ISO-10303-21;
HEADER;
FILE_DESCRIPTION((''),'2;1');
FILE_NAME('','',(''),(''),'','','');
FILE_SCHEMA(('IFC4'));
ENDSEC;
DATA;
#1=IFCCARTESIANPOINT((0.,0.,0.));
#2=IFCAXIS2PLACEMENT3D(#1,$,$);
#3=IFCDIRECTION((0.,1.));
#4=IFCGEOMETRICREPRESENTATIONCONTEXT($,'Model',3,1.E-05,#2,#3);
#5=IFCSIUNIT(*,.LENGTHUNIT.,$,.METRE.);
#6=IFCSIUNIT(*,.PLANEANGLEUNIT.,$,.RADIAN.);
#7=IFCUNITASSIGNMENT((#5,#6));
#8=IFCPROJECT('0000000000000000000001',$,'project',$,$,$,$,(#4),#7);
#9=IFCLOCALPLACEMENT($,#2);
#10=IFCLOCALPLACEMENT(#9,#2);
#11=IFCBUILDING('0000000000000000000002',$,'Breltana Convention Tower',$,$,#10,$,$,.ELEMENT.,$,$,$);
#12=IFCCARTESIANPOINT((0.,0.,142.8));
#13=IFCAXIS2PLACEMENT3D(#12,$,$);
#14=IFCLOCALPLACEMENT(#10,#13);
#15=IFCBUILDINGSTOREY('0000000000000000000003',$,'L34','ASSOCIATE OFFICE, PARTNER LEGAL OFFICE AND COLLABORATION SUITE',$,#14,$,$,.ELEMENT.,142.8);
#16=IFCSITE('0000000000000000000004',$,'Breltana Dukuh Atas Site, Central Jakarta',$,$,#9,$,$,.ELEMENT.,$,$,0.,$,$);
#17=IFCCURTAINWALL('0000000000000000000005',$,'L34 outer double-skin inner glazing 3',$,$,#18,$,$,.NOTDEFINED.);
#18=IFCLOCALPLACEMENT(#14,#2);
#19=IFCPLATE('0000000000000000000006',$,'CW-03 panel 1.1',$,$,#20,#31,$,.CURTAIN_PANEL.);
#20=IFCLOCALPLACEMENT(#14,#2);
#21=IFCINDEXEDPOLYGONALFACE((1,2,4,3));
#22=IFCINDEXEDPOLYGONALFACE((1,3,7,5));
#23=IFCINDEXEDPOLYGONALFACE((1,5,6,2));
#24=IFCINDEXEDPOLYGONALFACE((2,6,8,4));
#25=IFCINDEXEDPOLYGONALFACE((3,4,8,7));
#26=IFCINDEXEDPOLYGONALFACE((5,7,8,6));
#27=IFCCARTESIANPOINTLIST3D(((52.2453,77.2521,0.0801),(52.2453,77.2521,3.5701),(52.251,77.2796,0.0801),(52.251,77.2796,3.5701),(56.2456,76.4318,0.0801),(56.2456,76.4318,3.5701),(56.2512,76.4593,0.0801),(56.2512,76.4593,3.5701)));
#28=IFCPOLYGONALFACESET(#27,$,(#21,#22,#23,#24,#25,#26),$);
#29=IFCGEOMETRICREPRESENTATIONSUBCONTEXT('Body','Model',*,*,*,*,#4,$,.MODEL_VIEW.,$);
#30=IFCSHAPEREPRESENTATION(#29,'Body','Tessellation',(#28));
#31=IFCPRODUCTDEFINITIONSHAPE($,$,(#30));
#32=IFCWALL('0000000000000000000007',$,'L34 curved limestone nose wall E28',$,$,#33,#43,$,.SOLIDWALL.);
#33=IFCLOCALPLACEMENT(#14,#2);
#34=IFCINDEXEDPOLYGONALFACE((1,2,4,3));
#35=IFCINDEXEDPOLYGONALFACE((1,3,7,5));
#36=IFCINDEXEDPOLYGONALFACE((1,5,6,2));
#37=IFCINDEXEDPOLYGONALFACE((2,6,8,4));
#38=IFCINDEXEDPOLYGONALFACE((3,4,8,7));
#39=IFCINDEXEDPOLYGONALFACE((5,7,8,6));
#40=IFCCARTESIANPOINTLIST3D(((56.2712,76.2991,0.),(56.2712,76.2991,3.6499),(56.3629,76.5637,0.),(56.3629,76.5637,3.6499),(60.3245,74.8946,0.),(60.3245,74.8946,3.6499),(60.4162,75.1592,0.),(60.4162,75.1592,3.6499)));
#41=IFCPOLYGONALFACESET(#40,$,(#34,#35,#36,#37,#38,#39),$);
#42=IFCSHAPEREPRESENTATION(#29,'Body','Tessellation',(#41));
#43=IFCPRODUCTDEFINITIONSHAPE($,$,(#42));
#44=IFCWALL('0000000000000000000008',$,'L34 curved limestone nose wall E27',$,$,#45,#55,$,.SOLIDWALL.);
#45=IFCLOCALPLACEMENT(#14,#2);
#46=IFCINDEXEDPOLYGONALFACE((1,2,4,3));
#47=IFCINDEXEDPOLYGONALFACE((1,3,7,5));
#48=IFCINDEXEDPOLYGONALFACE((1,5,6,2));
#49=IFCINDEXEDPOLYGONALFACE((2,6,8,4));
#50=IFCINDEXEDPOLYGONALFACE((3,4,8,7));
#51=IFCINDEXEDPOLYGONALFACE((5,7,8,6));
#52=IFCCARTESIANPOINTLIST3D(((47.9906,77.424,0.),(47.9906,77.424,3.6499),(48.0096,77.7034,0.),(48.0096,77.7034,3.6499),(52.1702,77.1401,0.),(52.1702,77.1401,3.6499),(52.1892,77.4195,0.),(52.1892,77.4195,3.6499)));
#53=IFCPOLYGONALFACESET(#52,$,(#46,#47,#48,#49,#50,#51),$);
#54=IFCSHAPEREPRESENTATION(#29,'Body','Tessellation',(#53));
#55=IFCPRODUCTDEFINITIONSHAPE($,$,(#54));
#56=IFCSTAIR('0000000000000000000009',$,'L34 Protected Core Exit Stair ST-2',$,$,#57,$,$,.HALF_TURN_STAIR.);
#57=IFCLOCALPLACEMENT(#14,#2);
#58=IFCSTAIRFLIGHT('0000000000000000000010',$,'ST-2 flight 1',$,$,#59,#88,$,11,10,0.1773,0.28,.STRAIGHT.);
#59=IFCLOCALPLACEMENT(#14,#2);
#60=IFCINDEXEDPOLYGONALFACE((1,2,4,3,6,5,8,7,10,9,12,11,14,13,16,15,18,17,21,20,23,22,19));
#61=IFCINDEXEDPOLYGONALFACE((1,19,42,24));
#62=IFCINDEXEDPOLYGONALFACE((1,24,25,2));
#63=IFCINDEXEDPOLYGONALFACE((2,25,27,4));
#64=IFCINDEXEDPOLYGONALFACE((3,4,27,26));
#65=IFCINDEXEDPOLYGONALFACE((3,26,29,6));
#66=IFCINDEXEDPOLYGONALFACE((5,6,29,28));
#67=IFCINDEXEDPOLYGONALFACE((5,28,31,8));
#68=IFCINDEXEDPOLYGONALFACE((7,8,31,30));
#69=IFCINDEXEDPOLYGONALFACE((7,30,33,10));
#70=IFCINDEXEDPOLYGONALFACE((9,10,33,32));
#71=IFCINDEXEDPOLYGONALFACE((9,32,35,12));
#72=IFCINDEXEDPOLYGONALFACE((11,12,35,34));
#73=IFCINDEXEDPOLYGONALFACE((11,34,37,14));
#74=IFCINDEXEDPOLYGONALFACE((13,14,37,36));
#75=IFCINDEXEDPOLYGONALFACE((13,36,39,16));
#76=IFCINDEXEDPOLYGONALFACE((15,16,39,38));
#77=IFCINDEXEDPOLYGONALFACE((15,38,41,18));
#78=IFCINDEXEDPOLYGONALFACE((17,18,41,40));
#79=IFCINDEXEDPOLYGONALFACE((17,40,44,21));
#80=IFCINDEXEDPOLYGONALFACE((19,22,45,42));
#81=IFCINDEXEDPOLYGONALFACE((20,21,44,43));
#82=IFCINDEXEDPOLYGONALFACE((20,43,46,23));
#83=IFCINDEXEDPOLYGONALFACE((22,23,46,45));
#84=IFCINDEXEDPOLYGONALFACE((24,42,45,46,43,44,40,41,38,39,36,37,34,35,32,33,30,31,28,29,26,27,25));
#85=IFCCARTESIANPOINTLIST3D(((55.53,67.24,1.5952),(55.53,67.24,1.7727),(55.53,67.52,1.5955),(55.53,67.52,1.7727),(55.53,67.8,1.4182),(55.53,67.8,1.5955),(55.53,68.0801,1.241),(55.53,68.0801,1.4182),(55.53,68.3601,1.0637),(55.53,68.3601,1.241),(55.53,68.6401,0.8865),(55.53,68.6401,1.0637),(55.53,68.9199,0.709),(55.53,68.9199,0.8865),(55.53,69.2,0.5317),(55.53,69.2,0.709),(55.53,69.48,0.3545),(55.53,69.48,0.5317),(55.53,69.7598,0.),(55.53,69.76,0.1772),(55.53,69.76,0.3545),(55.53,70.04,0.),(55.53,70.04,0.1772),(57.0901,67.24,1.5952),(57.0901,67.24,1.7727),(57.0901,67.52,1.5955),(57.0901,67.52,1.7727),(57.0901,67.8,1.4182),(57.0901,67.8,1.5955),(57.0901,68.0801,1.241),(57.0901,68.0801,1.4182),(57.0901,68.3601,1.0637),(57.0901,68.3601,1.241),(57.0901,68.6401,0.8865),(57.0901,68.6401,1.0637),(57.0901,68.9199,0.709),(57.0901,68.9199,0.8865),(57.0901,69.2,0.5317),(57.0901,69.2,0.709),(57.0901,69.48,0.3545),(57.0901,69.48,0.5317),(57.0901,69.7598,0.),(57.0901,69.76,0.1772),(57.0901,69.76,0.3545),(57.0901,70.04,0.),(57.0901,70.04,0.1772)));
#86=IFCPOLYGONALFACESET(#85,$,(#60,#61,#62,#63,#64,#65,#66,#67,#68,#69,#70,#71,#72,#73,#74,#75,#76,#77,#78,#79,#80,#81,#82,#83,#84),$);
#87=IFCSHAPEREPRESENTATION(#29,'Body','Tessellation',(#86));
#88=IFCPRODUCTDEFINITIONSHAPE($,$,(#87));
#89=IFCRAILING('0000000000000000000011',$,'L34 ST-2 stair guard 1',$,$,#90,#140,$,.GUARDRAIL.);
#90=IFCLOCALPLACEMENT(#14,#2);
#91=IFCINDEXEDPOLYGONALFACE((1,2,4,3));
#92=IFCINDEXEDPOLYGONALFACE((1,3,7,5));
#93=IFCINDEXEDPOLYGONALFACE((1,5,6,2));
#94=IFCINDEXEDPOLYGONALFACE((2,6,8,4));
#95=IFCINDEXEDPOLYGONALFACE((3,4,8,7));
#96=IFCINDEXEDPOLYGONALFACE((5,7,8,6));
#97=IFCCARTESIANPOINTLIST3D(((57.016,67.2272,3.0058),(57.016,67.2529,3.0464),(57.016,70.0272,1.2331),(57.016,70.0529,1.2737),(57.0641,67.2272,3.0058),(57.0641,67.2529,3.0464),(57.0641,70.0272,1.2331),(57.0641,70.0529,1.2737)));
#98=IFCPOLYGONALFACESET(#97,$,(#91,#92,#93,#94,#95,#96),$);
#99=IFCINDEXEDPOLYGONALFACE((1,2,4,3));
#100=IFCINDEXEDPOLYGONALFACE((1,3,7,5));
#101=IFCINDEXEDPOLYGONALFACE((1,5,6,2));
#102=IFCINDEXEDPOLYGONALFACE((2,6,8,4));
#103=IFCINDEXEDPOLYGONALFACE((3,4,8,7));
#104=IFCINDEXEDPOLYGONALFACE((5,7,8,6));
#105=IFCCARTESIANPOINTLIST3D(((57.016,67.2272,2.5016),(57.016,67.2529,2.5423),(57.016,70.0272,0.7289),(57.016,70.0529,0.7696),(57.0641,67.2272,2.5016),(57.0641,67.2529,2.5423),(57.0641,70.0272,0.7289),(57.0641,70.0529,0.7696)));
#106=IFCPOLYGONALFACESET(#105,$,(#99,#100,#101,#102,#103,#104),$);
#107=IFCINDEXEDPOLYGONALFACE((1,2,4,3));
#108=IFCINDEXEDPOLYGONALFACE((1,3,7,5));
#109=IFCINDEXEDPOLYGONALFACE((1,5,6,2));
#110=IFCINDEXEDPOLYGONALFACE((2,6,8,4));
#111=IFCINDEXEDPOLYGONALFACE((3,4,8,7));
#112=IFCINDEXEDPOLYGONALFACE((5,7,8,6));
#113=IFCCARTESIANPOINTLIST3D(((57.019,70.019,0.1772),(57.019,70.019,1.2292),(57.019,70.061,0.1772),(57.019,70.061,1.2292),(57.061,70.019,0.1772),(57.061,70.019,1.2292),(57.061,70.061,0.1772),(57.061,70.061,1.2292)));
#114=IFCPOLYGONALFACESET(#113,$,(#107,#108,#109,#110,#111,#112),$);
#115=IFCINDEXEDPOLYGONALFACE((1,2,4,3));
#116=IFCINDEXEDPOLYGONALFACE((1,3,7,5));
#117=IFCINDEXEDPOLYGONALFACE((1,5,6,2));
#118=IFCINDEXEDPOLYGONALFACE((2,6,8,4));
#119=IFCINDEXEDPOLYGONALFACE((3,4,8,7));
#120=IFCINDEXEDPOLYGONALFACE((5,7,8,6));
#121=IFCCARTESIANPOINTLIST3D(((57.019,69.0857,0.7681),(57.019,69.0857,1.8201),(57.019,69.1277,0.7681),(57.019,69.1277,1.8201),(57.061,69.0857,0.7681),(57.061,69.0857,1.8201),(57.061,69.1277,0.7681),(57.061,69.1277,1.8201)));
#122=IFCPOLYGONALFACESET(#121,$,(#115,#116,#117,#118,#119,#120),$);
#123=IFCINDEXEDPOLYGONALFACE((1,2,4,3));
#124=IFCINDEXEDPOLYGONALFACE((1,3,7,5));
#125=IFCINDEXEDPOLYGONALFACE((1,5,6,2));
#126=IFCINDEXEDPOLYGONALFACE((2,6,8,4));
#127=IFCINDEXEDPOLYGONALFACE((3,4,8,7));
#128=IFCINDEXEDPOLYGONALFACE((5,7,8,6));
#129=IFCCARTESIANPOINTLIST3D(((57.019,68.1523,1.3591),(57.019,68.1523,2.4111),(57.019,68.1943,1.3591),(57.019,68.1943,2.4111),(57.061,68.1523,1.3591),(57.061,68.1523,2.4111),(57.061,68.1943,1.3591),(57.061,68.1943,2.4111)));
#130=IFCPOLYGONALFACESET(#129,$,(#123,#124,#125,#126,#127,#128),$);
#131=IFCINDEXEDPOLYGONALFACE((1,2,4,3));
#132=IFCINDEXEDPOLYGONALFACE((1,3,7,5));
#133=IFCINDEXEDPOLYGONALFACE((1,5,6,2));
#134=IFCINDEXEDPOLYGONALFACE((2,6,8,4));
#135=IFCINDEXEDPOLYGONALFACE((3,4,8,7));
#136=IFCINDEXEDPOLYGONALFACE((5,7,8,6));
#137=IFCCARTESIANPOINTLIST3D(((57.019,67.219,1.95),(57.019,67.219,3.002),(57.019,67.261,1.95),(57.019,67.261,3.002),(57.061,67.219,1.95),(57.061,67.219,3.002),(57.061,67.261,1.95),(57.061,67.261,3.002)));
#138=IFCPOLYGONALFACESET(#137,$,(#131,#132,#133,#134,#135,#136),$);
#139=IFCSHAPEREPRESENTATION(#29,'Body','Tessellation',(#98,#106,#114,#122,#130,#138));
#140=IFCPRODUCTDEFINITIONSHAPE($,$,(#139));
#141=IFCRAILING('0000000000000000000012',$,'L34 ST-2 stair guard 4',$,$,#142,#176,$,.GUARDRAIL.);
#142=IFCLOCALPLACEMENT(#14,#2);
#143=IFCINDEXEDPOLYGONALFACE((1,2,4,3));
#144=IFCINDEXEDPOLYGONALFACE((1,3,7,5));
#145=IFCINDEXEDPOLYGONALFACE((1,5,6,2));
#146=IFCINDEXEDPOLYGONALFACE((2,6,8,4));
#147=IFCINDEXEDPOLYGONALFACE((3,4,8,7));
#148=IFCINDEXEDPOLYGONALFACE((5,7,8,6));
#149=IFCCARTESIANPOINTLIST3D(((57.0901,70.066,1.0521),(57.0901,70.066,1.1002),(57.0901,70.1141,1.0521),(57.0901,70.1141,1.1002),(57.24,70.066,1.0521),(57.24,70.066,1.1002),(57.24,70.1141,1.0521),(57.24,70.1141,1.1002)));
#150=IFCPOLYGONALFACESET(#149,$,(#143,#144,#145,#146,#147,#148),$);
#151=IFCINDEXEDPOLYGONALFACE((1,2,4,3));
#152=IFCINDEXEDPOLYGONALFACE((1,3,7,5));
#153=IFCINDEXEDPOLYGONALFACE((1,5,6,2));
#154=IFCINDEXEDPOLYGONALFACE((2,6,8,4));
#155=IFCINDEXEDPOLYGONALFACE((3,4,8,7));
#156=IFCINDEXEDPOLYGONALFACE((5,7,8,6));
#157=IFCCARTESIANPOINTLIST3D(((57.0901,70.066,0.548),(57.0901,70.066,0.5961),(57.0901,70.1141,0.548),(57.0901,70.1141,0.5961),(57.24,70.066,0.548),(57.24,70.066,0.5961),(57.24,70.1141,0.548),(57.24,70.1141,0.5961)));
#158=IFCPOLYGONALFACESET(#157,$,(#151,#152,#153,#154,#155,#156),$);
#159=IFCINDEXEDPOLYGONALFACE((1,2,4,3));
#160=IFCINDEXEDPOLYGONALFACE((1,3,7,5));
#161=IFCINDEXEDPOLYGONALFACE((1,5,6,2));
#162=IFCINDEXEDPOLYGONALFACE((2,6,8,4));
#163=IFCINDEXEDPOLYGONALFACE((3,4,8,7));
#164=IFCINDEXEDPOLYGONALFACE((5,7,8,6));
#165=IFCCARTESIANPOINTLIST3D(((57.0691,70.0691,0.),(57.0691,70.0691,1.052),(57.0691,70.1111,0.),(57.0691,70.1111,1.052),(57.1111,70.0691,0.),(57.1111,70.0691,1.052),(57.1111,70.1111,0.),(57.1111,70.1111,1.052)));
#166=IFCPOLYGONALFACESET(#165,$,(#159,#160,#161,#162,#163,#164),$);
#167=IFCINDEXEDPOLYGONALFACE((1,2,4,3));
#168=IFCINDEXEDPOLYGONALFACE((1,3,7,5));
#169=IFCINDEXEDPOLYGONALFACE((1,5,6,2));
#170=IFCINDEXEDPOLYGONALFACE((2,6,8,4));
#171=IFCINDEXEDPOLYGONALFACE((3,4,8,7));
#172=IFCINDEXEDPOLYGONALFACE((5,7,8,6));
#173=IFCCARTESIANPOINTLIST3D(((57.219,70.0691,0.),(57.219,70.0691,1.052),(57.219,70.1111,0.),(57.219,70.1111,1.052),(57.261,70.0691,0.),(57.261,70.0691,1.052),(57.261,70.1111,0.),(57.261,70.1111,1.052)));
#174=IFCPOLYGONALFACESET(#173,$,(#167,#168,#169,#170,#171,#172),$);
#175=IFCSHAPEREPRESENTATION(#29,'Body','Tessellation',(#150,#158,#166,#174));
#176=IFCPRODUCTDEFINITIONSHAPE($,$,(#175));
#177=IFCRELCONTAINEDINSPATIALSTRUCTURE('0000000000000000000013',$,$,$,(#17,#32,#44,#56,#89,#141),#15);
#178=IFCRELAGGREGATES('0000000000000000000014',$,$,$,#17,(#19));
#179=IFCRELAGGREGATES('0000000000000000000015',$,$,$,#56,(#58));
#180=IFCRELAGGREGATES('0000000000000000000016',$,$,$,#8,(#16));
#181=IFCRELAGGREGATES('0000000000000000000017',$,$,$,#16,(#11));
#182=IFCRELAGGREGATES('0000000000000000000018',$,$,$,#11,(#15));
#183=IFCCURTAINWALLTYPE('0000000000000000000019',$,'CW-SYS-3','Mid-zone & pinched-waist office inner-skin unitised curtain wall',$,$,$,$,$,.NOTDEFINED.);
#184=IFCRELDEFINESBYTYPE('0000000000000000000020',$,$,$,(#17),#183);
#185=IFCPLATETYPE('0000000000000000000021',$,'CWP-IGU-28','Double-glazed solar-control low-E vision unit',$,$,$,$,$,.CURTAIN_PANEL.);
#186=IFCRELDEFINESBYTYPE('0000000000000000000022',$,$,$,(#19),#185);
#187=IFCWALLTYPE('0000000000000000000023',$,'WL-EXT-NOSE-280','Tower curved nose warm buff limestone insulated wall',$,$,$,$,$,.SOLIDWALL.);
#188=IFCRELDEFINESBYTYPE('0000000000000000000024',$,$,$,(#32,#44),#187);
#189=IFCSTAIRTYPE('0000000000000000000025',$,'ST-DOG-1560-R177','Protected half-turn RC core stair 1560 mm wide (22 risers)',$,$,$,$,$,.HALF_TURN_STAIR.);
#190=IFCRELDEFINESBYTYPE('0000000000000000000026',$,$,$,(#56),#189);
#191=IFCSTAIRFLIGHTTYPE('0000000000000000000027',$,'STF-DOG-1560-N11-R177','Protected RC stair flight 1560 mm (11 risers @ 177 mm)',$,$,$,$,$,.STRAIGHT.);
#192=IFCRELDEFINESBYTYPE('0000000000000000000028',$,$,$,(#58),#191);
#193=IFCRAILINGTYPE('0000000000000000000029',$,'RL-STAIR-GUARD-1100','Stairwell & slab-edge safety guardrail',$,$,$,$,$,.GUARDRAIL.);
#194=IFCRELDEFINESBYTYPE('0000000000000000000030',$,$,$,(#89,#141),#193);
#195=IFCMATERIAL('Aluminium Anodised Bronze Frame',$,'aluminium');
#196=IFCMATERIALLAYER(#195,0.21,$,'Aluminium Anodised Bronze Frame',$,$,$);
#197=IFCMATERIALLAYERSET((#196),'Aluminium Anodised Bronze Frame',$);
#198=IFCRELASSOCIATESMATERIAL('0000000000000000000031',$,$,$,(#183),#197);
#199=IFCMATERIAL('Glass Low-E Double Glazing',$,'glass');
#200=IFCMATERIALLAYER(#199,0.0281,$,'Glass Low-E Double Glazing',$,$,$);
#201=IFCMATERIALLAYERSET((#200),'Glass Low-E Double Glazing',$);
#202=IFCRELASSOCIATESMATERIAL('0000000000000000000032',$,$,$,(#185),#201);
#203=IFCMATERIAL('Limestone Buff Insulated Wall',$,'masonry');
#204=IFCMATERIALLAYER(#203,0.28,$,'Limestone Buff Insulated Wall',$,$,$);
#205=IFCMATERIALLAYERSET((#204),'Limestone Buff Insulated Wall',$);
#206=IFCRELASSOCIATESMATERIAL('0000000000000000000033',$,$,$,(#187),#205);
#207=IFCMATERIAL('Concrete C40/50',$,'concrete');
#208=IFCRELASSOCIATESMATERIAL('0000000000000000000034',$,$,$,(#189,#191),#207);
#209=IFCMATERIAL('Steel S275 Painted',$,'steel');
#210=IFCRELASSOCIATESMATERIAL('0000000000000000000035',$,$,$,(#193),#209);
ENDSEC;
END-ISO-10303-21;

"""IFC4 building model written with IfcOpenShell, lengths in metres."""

from ifc_helpers import new_model, si_unit, direction, frame, frame_2d, origin, origin_2d, place, context, subcontext, project, spatial, polyline, rectangle, outline, extrude, source, transform, mapped, material, layer, layer_set, type_object, element, aggregate, save


model = new_model("IFC4")

# Units and contexts
model_context = context("Model", 3, precision=1e-05, world=origin(), true_north=direction((0.0, 1.0)))
body_context = subcontext(model_context, "Body", "Model", "MODEL_VIEW")
ifc_project = project(units=[si_unit("LENGTHUNIT", "METRE"), si_unit("PLANEANGLEUNIT", "RADIAN")], contexts=[model_context])

# Site, building, storey
site_placement = place(None, origin())
site = spatial("IfcSite", under=ifc_project, at=site_placement, Name="Breltana Dukuh Atas Site, Central Jakarta", CompositionType="ELEMENT", RefElevation=0.0)
building_placement = place(site_placement, origin())
building = spatial("IfcBuilding", under=site, at=building_placement, Name="Breltana Convention Tower", CompositionType="ELEMENT")
storey_placement = place(building_placement, frame((0.0, 0.0, 142.8)))
storey = spatial("IfcBuildingStorey", under=building, at=storey_placement, Name="L34", Description="ASSOCIATE OFFICE, PARTNER LEGAL OFFICE AND COLLABORATION SUITE", CompositionType="ELEMENT", Elevation=142.8)

# Curtain wall, plate
ifc_material_1 = material(Name="Aluminium Anodised Bronze Frame", Category="aluminium")
ifc_layer_1 = layer(ifc_material_1, 0.21, Name="Aluminium Anodised Bronze Frame")
ifc_layer_set_1 = layer_set([ifc_layer_1], Name="Aluminium Anodised Bronze Frame")
curtain_wall_type = type_object("IfcCurtainWallType", Name="CW-SYS-3", Description="Mid-zone & pinched-waist office inner-skin unitised curtain wall", PredefinedType="NOTDEFINED", material=ifc_layer_set_1)
curtain_wall_placement = place(storey_placement, origin())
curtain_wall = element("IfcCurtainWall", 1, at=curtain_wall_placement, inside=storey, type_object=curtain_wall_type, Name="L34 outer double-skin inner glazing 3", PredefinedType="NOTDEFINED")
ifc_material_2 = material(Name="Glass Low-E Double Glazing", Category="glass")
ifc_layer_2 = layer(ifc_material_2, 0.0281, Name="Glass Low-E Double Glazing")
ifc_layer_set_2 = layer_set([ifc_layer_2], Name="Glass Low-E Double Glazing")
plate_type = type_object("IfcPlateType", Name="CWP-IGU-28", Description="Double-glazed solar-control low-E vision unit", PredefinedType="CURTAIN_PANEL", material=ifc_layer_set_2)
shared_shape_1 = source(origin(), body_context, "Body", "SweptSolid", [
    extrude(rectangle(XDim=4.0835, YDim=0.0281, at=origin_2d()), origin(), (0.0, 0.0, 1.0), 3.49),
])
plate_placement = place(storey_placement, frame((54.2483, 76.8557, 0.0801), z_axis=(0.0, 0.0, 1.0), x_axis=(0.979617, -0.200877, 0.0)))
plate = element("IfcPlate", 2, at=plate_placement, type_object=plate_type, Name="CW-03 panel 1.1", PredefinedType="CURTAIN_PANEL", context=body_context, shape_type="MappedRepresentation", body=[
    mapped(shared_shape_1, transform((0.0, 0.0, 0.0), scale=1.0)),
])
aggregate(curtain_wall, [plate])

# Walls
ifc_material_3 = material(Name="Limestone Buff Insulated Wall", Category="masonry")
ifc_layer_3 = layer(ifc_material_3, 0.28, Name="Limestone Buff Insulated Wall")
ifc_layer_set_3 = layer_set([ifc_layer_3], Name="Limestone Buff Insulated Wall")
wall_type_1 = type_object("IfcWallType", Name="WL-EXT-NOSE-280", Description="Tower curved nose warm buff limestone insulated wall", PredefinedType="SOLIDWALL", material=ifc_layer_set_3)
shared_shape_2 = source(origin(), body_context, "Body", "SweptSolid", [
    extrude(rectangle(XDim=4.2898, YDim=0.28, at=frame_2d((2.145, 0.0))), origin(), (0.0, 0.0, 1.0), 3.6499),
])
wall_1_placement = place(storey_placement, frame((56.3169, 76.4314, 0.0), z_axis=(0.0, 0.0, 1.0), x_axis=(0.944884, -0.327406, 0.0)))
element("IfcWall", 3, at=wall_1_placement, inside=storey, type_object=wall_type_1, Name="L34 curved limestone nose wall E28", PredefinedType="SOLIDWALL", context=body_context, shape_type="MappedRepresentation", body=[
    mapped(shared_shape_2, transform((0.0, 0.0, 0.0), scale=1.0)),
])
shared_shape_3 = source(origin(), body_context, "Body", "SweptSolid", [
    extrude(rectangle(XDim=4.1892, YDim=0.28, at=frame_2d((2.0947, 0.0))), origin(), (0.0, 0.0, 1.0), 3.6499),
])
wall_2_placement = place(storey_placement, frame((48.0, 77.5637, 0.0), z_axis=(0.0, 0.0, 1.0), x_axis=(0.997701, -0.067776, 0.0)))
element("IfcWall", 4, at=wall_2_placement, inside=storey, type_object=wall_type_1, Name="L34 curved limestone nose wall E27", PredefinedType="SOLIDWALL", context=body_context, shape_type="MappedRepresentation", body=[
    mapped(shared_shape_3, transform((0.0, 0.0, 0.0), scale=1.0)),
])

# Stair, stair flight
ifc_material_4 = material(Name="Concrete C40/50", Category="concrete")
stair_type = type_object("IfcStairType", Name="ST-DOG-1560-R177", Description="Protected half-turn RC core stair 1560 mm wide (22 risers)", PredefinedType="HALF_TURN_STAIR", material=ifc_material_4)
stair_placement = place(storey_placement, origin())
stair = element("IfcStair", 5, at=stair_placement, inside=storey, type_object=stair_type, Name="L34 Protected Core Exit Stair ST-2", PredefinedType="HALF_TURN_STAIR")
stair_flight_type = type_object("IfcStairFlightType", Name="STF-DOG-1560-N11-R177", Description="Protected RC stair flight 1560 mm (11 risers @ 177 mm)", PredefinedType="STRAIGHT", material=ifc_material_4)
stair_flight_placement = place(storey_placement, frame((56.3101, 70.04, 0.0), z_axis=(0.0, 0.0, 1.0), x_axis=(0.0, -1.0, 0.0)))
stair_flight = element("IfcStairFlight", 6, at=stair_flight_placement, type_object=stair_flight_type, Name="ST-2 flight 1", NumberOfRisers=11, NumberOfTreads=10, PredefinedType="STRAIGHT", RiserHeight=0.1773, TreadLength=0.28, context=body_context, shape_type="SweptSolid", body=[
    extrude(outline(polyline([(0.0, 0.0), (0.0, 0.1772), (0.28, 0.1772), (0.28, 0.3545), (0.5601, 0.3545), (0.5601, 0.5317), (0.8401, 0.5317), (0.8401, 0.709), (1.1201, 0.709), (1.1201, 0.8865), (1.3999, 0.8865), (1.3999, 1.0637), (1.6799, 1.0637), (1.6799, 1.241), (1.96, 1.241), (1.96, 1.4182), (2.24, 1.4182), (2.24, 1.5955), (2.52, 1.5955), (2.52, 1.7727), (2.8, 1.7727), (2.8, 1.95), (2.8, 1.5952), (0.2803, 0.0), (0.0, 0.0)])), frame((0.0, 0.78, 0.0), z_axis=(0.0, -1.0, 0.0), x_axis=(1.0, 0.0, 0.0)), (0.0, 0.0, 1.0), 1.5601),
])
aggregate(stair, [stair_flight])

# Railings
ifc_material_5 = material(Name="Steel S275 Painted", Category="steel")
railing_type_1 = type_object("IfcRailingType", Name="RL-STAIR-GUARD-1100", Description="Stairwell & slab-edge safety guardrail", PredefinedType="GUARDRAIL", material=ifc_material_5)
railing_1_placement = place(storey_placement, frame((57.04, 70.04, 0.1772)))
element("IfcRailing", 7, at=railing_1_placement, inside=storey, type_object=railing_type_1, Name="L34 ST-2 stair guard 1", PredefinedType="GUARDRAIL", context=body_context, shape_type="SweptSolid", body=[
    extrude(rectangle(XDim=0.0481, YDim=0.0481, at=origin_2d()), frame((0.0, 0.0, 1.0762), z_axis=(0.0, -0.844909, 0.53491), x_axis=(1.0, 0.0, 0.0)), (0.0, 0.0, 1.0), 3.314),
    extrude(rectangle(XDim=0.0481, YDim=0.0481, at=origin_2d()), frame((0.0, 0.0, 0.572), z_axis=(0.0, -0.844909, 0.53491), x_axis=(1.0, 0.0, 0.0)), (0.0, 0.0, 1.0), 3.314),
    extrude(rectangle(XDim=0.042, YDim=0.042, at=origin_2d()), origin(), (0.0, 0.0, 1.0), 1.052),
    extrude(rectangle(XDim=0.042, YDim=0.042, at=origin_2d()), frame((0.0, -0.9333, 0.5908)), (0.0, 0.0, 1.0), 1.052),
    extrude(rectangle(XDim=0.042, YDim=0.042, at=origin_2d()), frame((0.0, -1.8667, 1.1819)), (0.0, 0.0, 1.0), 1.052),
    extrude(rectangle(XDim=0.042, YDim=0.042, at=origin_2d()), frame((0.0, -2.8, 1.7727)), (0.0, 0.0, 1.0), 1.052),
])
railing_2_placement = place(storey_placement, frame((57.0901, 70.0901, 0.0)))
element("IfcRailing", 8, at=railing_2_placement, inside=storey, type_object=railing_type_1, Name="L34 ST-2 stair guard 4", PredefinedType="GUARDRAIL", context=body_context, shape_type="SweptSolid", body=[
    extrude(rectangle(XDim=0.0481, YDim=0.0481, at=origin_2d()), frame((0.0, 0.0, 1.0762), z_axis=(1.0, 0.0, 0.0), x_axis=(0.0, 1.0, 0.0)), (0.0, 0.0, 1.0), 0.1499),
    extrude(rectangle(XDim=0.0481, YDim=0.0481, at=origin_2d()), frame((0.0, 0.0, 0.572), z_axis=(1.0, 0.0, 0.0), x_axis=(0.0, 1.0, 0.0)), (0.0, 0.0, 1.0), 0.1499),
    extrude(rectangle(XDim=0.042, YDim=0.042, at=origin_2d()), origin(), (0.0, 0.0, 1.0), 1.052),
    extrude(rectangle(XDim=0.042, YDim=0.042, at=origin_2d()), frame((0.1499, 0.0, 0.0)), (0.0, 0.0, 1.0), 1.052),
])

save(model, "model.ifc")
